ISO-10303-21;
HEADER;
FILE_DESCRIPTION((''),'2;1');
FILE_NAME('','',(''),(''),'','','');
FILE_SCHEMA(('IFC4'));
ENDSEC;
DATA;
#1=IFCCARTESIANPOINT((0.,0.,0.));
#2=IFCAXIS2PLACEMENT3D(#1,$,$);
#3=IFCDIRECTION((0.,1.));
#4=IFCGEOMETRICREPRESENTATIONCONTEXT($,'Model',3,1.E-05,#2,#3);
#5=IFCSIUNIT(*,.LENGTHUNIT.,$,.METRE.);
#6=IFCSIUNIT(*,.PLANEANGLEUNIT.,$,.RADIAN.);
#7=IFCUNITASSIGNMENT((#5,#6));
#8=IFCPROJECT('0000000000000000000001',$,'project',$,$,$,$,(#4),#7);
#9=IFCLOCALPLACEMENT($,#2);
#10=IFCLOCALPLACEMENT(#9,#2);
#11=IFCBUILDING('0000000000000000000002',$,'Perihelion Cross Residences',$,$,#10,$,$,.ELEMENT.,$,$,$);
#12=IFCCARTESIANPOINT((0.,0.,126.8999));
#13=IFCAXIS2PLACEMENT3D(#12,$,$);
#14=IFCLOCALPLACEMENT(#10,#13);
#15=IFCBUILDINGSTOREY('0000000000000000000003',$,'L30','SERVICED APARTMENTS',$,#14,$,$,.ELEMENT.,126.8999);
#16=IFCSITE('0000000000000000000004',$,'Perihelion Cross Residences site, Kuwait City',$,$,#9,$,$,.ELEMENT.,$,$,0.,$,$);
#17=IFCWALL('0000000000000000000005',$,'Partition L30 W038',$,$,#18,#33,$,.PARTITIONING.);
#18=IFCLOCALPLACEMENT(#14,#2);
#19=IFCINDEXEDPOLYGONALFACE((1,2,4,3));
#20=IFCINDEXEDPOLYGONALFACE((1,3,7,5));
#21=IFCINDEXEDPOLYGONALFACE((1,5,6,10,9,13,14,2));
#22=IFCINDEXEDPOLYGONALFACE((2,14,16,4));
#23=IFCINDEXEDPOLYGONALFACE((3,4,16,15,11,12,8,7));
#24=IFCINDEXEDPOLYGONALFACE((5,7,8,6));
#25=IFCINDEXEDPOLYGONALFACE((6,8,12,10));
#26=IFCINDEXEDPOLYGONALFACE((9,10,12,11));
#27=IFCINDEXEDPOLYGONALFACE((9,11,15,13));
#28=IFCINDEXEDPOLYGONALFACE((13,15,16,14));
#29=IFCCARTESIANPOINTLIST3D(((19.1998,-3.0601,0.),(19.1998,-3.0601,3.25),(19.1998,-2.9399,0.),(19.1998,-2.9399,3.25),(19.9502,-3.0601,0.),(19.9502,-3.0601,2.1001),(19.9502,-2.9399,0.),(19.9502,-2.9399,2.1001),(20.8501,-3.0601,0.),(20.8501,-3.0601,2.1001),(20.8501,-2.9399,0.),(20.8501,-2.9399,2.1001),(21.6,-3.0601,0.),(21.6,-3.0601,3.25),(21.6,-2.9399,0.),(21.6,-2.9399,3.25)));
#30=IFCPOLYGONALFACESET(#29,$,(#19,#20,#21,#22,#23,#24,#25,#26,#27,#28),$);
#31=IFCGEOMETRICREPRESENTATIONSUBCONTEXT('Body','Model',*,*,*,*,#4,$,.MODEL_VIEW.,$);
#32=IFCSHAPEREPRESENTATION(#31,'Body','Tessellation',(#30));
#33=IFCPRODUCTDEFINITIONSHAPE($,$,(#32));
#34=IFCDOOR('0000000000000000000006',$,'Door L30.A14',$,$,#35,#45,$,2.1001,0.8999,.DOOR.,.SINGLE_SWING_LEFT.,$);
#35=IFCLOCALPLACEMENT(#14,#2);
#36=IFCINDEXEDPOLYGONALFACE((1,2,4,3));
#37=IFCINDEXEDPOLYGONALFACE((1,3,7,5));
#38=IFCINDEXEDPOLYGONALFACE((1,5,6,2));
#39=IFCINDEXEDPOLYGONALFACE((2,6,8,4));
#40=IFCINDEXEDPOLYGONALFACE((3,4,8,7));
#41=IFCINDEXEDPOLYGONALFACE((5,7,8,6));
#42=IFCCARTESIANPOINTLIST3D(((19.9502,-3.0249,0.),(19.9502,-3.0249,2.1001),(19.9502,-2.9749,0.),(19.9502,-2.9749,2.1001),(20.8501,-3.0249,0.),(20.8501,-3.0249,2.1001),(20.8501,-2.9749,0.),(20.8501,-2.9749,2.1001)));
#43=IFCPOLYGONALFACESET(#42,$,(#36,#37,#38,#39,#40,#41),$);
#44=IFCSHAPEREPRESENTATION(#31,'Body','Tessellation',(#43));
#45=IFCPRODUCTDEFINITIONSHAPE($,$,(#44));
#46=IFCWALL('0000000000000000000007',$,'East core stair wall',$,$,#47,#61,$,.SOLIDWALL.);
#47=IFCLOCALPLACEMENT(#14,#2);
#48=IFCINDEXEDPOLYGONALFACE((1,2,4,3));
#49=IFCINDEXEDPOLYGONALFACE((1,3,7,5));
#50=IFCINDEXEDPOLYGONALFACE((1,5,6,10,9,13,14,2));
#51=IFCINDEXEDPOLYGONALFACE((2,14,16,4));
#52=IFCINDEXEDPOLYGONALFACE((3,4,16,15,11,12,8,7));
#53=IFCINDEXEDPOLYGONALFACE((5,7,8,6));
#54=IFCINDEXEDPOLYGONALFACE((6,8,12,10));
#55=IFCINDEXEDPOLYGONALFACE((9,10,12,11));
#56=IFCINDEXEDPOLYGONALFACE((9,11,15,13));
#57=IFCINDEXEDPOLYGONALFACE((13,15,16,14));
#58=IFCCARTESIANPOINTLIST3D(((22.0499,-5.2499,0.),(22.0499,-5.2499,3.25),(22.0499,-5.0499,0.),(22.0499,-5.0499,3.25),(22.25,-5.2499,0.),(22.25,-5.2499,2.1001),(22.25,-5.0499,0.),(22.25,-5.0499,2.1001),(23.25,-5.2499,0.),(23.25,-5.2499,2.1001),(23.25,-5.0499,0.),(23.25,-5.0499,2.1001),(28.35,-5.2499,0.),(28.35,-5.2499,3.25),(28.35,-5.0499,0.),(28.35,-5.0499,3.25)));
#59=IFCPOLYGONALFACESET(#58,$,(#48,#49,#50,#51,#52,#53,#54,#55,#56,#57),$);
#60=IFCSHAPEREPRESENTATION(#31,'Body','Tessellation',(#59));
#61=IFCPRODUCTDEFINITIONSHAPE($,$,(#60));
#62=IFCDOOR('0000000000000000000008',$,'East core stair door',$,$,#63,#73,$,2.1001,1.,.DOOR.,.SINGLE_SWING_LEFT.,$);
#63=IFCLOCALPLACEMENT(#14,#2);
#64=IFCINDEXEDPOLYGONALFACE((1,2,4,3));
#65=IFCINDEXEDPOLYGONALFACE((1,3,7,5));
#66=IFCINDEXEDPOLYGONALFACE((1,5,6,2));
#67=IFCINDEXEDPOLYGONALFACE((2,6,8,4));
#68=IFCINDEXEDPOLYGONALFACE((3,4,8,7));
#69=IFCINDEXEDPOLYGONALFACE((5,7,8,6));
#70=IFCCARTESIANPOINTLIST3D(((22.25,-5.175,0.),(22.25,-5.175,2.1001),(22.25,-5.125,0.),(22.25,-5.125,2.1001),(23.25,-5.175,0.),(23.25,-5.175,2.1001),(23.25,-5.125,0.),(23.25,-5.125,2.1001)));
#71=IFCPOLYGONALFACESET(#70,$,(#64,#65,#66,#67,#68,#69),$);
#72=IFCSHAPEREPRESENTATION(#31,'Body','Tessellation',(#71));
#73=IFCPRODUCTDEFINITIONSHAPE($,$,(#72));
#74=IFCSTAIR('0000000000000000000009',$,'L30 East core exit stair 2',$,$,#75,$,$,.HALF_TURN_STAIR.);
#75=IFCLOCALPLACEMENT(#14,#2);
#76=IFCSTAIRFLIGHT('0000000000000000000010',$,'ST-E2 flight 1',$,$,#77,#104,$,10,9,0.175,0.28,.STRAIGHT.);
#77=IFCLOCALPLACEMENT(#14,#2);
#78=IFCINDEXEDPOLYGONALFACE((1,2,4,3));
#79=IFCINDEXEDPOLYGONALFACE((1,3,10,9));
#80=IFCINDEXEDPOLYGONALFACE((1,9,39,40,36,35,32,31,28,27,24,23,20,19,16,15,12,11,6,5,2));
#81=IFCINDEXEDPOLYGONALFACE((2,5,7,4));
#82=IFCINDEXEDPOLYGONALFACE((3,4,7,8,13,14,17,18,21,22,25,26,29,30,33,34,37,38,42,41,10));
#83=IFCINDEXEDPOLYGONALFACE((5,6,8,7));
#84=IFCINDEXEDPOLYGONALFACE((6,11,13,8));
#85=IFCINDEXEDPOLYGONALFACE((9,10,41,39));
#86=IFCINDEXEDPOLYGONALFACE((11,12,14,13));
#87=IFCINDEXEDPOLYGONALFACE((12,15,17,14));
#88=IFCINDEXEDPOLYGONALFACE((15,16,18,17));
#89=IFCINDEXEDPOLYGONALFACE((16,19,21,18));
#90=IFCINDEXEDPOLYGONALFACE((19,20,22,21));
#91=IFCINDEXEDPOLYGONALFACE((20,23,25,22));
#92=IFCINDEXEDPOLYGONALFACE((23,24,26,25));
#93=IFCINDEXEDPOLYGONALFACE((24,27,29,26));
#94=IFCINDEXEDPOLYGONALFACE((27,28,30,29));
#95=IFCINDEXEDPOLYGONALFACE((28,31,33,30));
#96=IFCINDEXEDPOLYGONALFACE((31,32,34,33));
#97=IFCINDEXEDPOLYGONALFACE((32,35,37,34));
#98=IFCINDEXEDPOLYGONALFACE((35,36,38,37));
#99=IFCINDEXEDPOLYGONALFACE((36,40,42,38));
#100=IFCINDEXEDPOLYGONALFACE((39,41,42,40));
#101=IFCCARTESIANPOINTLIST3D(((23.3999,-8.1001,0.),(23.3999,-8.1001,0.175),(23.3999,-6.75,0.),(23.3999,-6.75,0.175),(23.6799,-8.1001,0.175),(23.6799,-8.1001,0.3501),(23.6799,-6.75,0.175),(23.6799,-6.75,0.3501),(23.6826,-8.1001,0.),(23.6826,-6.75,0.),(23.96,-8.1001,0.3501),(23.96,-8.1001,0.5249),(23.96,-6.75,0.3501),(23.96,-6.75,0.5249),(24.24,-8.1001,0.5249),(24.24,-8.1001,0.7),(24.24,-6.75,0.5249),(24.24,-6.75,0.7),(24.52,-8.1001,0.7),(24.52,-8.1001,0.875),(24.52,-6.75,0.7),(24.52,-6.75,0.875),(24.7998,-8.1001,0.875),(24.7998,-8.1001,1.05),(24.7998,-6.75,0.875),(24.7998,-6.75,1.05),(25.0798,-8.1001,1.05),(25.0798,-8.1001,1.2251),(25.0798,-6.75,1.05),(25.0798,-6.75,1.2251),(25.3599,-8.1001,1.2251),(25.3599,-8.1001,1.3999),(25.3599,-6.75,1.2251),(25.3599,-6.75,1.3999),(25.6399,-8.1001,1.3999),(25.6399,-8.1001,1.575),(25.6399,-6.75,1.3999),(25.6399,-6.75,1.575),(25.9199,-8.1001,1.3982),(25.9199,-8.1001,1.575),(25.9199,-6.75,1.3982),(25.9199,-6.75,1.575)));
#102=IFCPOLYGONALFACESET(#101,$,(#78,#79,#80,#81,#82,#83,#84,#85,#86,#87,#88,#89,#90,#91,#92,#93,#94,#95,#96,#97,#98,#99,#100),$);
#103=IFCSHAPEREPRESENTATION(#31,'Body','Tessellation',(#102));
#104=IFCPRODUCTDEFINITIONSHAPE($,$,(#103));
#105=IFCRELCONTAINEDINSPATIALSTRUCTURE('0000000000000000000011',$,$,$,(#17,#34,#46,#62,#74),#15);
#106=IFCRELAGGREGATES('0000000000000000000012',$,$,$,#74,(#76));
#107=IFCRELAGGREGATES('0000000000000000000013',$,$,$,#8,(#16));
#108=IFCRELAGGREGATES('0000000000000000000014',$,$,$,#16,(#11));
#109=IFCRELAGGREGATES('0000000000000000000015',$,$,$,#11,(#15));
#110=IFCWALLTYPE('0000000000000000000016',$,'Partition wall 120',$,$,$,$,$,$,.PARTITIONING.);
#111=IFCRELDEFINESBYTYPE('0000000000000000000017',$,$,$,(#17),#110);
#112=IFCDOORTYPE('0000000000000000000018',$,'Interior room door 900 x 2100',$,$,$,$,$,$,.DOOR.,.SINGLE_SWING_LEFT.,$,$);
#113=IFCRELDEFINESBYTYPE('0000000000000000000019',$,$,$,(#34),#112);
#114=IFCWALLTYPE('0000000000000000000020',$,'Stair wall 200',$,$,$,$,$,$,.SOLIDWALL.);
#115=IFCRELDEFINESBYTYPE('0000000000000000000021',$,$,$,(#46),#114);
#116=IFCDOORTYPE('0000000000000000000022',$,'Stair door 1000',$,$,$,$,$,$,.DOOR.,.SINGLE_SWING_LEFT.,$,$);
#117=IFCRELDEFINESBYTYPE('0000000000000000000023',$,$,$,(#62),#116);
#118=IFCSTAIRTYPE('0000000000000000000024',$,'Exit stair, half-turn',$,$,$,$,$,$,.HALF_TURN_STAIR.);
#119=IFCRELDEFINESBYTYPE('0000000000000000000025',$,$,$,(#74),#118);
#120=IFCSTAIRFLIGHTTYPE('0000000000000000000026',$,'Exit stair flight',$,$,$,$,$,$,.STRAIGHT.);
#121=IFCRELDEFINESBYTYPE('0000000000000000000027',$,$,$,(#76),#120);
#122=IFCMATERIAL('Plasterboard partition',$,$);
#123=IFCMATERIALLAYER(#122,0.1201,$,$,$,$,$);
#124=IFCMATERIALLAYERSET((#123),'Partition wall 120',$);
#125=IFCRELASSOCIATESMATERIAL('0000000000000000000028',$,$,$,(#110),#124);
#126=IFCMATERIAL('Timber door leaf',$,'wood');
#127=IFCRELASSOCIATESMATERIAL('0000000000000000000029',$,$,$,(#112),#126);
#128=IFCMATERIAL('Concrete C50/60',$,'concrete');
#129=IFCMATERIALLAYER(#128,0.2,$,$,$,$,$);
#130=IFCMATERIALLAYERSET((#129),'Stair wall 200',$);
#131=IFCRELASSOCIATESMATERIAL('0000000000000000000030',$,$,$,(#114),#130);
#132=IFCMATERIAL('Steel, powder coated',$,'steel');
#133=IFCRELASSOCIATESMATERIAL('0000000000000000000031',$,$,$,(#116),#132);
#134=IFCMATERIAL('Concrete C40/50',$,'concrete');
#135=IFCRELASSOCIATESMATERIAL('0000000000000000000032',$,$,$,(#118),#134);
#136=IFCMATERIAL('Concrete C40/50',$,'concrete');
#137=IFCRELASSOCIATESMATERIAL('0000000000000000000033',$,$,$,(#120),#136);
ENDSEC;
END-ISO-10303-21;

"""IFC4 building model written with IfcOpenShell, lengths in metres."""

from ifc_helpers import new_model, si_unit, direction, frame, frame_2d, origin, place, context, subcontext, project, spatial, polyline, rectangle, outline, extrude, material, layer, layer_set, type_object, element, fill, aggregate, save


model = new_model("IFC4")

# Units and contexts
model_context = context("Model", 3, precision=1e-05, world=origin(), true_north=direction((0.0, 1.0)))
body_context = subcontext(model_context, "Body", "Model", "MODEL_VIEW")
ifc_project = project(units=[si_unit("LENGTHUNIT", "METRE"), si_unit("PLANEANGLEUNIT", "RADIAN")], contexts=[model_context])

# Site, building, storey
site_placement = place(None, origin())
site = spatial("IfcSite", under=ifc_project, at=site_placement, Name="Perihelion Cross Residences site, Kuwait City", CompositionType="ELEMENT", RefElevation=0.0)
building_placement = place(site_placement, origin())
building = spatial("IfcBuilding", under=site, at=building_placement, Name="Perihelion Cross Residences", CompositionType="ELEMENT")
storey_placement = place(building_placement, frame((0.0, 0.0, 126.8999)))
storey = spatial("IfcBuildingStorey", under=building, at=storey_placement, Name="L30", Description="SERVICED APARTMENTS", CompositionType="ELEMENT", Elevation=126.8999)

# Walls, openings, doors
ifc_material_1 = material(Name="Plasterboard partition")
ifc_layer_1 = layer(ifc_material_1, 0.1201)
ifc_layer_set_1 = layer_set([ifc_layer_1], Name="Partition wall 120")
wall_type_1 = type_object("IfcWallType", Name="Partition wall 120", PredefinedType="PARTITIONING", material=ifc_layer_set_1)
wall_1_placement = place(storey_placement, frame((21.6001, -3.0, 0.0), z_axis=(0.0, 0.0, 1.0), x_axis=(-1.0, 0.0, 0.0)))
wall_1 = element("IfcWall", 1, at=wall_1_placement, inside=storey, type_object=wall_type_1, Name="Partition L30 W038", PredefinedType="PARTITIONING", context=body_context, shape_type="SweptSolid", body=[
    extrude(rectangle(XDim=2.4001, YDim=0.1201, at=frame_2d((1.2002, 0.0))), origin(), (0.0, 0.0, 1.0), 3.25),
])
opening_1_placement = place(wall_1_placement, frame((0.75, 0.0, 0.0)))
opening_1 = element("IfcOpeningElement", 2, at=opening_1_placement, cuts=wall_1, PredefinedType="OPENING", context=body_context, shape_type="SweptSolid", body=[
    extrude(rectangle(XDim=0.8999, YDim=2.1001, at=frame_2d((0.45, 1.05))), frame((0.0, 0.0701, 0.0), z_axis=(0.0, -1.0, 0.0), x_axis=(1.0, 0.0, 0.0)), (0.0, 0.0, 1.0), 0.1401),
])
ifc_material_2 = material(Name="Timber door leaf", Category="wood")
door_type_1 = type_object("IfcDoorType", Name="Interior room door 900 x 2100", OperationType="SINGLE_SWING_LEFT", PredefinedType="DOOR", material=ifc_material_2)
door_1_placement = place(opening_1_placement, origin())
door_1 = element("IfcDoor", 3, at=door_1_placement, inside=storey, type_object=door_type_1, Name="Door L30.A14", OperationType="SINGLE_SWING_LEFT", OverallHeight=2.1001, OverallWidth=0.8999, PredefinedType="DOOR", context=body_context, shape_type="SweptSolid", body=[
    extrude(rectangle(XDim=0.8999, YDim=2.1001, at=frame_2d((0.45, 1.05))), frame((0.0, 0.0249, 0.0), z_axis=(0.0, -1.0, 0.0), x_axis=(1.0, 0.0, 0.0)), (0.0, 0.0, 1.0), 0.05),
])
fill(opening_1, door_1)
ifc_material_3 = material(Name="Concrete C50/60", Category="concrete")
ifc_layer_2 = layer(ifc_material_3, 0.2)
ifc_layer_set_2 = layer_set([ifc_layer_2], Name="Stair wall 200")
wall_type_2 = type_object("IfcWallType", Name="Stair wall 200", PredefinedType="SOLIDWALL", material=ifc_layer_set_2)
wall_2_placement = place(storey_placement, frame((22.05, -5.1499, 0.0), z_axis=(0.0, 0.0, 1.0), x_axis=(1.0, 0.0, 0.0)))
wall_2 = element("IfcWall", 4, at=wall_2_placement, inside=storey, type_object=wall_type_2, Name="East core stair wall", PredefinedType="SOLIDWALL", context=body_context, shape_type="SweptSolid", body=[
    extrude(rectangle(XDim=6.3, YDim=0.2, at=frame_2d((3.1499, 0.0))), origin(), (0.0, 0.0, 1.0), 3.25),
])
opening_2_placement = place(wall_2_placement, frame((0.2, 0.0, 0.0)))
opening_2 = element("IfcOpeningElement", 5, at=opening_2_placement, cuts=wall_2, PredefinedType="OPENING", context=body_context, shape_type="SweptSolid", body=[
    extrude(rectangle(XDim=1.0, YDim=2.1001, at=frame_2d((0.5, 1.05))), frame((0.0, 0.1099, 0.0), z_axis=(0.0, -1.0, 0.0), x_axis=(1.0, 0.0, 0.0)), (0.0, 0.0, 1.0), 0.22),
])
ifc_material_4 = material(Name="Steel, powder coated", Category="steel")
door_type_2 = type_object("IfcDoorType", Name="Stair door 1000", OperationType="SINGLE_SWING_LEFT", PredefinedType="DOOR", material=ifc_material_4)
door_2_placement = place(opening_2_placement, origin())
door_2 = element("IfcDoor", 6, at=door_2_placement, inside=storey, type_object=door_type_2, Name="East core stair door", OperationType="SINGLE_SWING_LEFT", OverallHeight=2.1001, OverallWidth=1.0, PredefinedType="DOOR", context=body_context, shape_type="SweptSolid", body=[
    extrude(rectangle(XDim=1.0, YDim=2.1001, at=frame_2d((0.5, 1.05))), frame((0.0, 0.0249, 0.0), z_axis=(0.0, -1.0, 0.0), x_axis=(1.0, 0.0, 0.0)), (0.0, 0.0, 1.0), 0.05),
])
fill(opening_2, door_2)

# Stair, stair flight
ifc_material_5 = material(Name="Concrete C40/50", Category="concrete")
stair_type = type_object("IfcStairType", Name="Exit stair, half-turn", PredefinedType="HALF_TURN_STAIR", material=ifc_material_5)
stair_placement = place(storey_placement, origin())
stair = element("IfcStair", 7, at=stair_placement, inside=storey, type_object=stair_type, Name="L30 East core exit stair 2", PredefinedType="HALF_TURN_STAIR")
ifc_material_6 = material(Name="Concrete C40/50", Category="concrete")
stair_flight_type = type_object("IfcStairFlightType", Name="Exit stair flight", PredefinedType="STRAIGHT", material=ifc_material_6)
stair_flight_placement = place(storey_placement, frame((23.3999, -7.425, 0.0), z_axis=(0.0, 0.0, 1.0), x_axis=(1.0, 0.0, 0.0)))
stair_flight = element("IfcStairFlight", 8, at=stair_flight_placement, type_object=stair_flight_type, Name="ST-E2 flight 1", NumberOfRisers=10, NumberOfTreads=9, PredefinedType="STRAIGHT", RiserHeight=0.175, TreadLength=0.28, context=body_context, shape_type="SweptSolid", body=[
    extrude(outline(polyline([(0.0, 0.0), (0.0, 0.175), (0.28, 0.175), (0.28, 0.3501), (0.5601, 0.3501), (0.5601, 0.5249), (0.8401, 0.5249), (0.8401, 0.7), (1.1201, 0.7), (1.1201, 0.875), (1.3999, 0.875), (1.3999, 1.05), (1.6799, 1.05), (1.6799, 1.2251), (1.96, 1.2251), (1.96, 1.3999), (2.24, 1.3999), (2.24, 1.575), (2.52, 1.575), (2.52, 1.75), (2.52, 1.3982), (0.2827, 0.0), (0.0, 0.0)])), frame((0.0, 0.675, 0.0), z_axis=(0.0, -1.0, 0.0), x_axis=(1.0, 0.0, 0.0)), (0.0, 0.0, 1.0), 1.3501),
])
aggregate(stair, [stair_flight])

save(model, "model.ifc")
